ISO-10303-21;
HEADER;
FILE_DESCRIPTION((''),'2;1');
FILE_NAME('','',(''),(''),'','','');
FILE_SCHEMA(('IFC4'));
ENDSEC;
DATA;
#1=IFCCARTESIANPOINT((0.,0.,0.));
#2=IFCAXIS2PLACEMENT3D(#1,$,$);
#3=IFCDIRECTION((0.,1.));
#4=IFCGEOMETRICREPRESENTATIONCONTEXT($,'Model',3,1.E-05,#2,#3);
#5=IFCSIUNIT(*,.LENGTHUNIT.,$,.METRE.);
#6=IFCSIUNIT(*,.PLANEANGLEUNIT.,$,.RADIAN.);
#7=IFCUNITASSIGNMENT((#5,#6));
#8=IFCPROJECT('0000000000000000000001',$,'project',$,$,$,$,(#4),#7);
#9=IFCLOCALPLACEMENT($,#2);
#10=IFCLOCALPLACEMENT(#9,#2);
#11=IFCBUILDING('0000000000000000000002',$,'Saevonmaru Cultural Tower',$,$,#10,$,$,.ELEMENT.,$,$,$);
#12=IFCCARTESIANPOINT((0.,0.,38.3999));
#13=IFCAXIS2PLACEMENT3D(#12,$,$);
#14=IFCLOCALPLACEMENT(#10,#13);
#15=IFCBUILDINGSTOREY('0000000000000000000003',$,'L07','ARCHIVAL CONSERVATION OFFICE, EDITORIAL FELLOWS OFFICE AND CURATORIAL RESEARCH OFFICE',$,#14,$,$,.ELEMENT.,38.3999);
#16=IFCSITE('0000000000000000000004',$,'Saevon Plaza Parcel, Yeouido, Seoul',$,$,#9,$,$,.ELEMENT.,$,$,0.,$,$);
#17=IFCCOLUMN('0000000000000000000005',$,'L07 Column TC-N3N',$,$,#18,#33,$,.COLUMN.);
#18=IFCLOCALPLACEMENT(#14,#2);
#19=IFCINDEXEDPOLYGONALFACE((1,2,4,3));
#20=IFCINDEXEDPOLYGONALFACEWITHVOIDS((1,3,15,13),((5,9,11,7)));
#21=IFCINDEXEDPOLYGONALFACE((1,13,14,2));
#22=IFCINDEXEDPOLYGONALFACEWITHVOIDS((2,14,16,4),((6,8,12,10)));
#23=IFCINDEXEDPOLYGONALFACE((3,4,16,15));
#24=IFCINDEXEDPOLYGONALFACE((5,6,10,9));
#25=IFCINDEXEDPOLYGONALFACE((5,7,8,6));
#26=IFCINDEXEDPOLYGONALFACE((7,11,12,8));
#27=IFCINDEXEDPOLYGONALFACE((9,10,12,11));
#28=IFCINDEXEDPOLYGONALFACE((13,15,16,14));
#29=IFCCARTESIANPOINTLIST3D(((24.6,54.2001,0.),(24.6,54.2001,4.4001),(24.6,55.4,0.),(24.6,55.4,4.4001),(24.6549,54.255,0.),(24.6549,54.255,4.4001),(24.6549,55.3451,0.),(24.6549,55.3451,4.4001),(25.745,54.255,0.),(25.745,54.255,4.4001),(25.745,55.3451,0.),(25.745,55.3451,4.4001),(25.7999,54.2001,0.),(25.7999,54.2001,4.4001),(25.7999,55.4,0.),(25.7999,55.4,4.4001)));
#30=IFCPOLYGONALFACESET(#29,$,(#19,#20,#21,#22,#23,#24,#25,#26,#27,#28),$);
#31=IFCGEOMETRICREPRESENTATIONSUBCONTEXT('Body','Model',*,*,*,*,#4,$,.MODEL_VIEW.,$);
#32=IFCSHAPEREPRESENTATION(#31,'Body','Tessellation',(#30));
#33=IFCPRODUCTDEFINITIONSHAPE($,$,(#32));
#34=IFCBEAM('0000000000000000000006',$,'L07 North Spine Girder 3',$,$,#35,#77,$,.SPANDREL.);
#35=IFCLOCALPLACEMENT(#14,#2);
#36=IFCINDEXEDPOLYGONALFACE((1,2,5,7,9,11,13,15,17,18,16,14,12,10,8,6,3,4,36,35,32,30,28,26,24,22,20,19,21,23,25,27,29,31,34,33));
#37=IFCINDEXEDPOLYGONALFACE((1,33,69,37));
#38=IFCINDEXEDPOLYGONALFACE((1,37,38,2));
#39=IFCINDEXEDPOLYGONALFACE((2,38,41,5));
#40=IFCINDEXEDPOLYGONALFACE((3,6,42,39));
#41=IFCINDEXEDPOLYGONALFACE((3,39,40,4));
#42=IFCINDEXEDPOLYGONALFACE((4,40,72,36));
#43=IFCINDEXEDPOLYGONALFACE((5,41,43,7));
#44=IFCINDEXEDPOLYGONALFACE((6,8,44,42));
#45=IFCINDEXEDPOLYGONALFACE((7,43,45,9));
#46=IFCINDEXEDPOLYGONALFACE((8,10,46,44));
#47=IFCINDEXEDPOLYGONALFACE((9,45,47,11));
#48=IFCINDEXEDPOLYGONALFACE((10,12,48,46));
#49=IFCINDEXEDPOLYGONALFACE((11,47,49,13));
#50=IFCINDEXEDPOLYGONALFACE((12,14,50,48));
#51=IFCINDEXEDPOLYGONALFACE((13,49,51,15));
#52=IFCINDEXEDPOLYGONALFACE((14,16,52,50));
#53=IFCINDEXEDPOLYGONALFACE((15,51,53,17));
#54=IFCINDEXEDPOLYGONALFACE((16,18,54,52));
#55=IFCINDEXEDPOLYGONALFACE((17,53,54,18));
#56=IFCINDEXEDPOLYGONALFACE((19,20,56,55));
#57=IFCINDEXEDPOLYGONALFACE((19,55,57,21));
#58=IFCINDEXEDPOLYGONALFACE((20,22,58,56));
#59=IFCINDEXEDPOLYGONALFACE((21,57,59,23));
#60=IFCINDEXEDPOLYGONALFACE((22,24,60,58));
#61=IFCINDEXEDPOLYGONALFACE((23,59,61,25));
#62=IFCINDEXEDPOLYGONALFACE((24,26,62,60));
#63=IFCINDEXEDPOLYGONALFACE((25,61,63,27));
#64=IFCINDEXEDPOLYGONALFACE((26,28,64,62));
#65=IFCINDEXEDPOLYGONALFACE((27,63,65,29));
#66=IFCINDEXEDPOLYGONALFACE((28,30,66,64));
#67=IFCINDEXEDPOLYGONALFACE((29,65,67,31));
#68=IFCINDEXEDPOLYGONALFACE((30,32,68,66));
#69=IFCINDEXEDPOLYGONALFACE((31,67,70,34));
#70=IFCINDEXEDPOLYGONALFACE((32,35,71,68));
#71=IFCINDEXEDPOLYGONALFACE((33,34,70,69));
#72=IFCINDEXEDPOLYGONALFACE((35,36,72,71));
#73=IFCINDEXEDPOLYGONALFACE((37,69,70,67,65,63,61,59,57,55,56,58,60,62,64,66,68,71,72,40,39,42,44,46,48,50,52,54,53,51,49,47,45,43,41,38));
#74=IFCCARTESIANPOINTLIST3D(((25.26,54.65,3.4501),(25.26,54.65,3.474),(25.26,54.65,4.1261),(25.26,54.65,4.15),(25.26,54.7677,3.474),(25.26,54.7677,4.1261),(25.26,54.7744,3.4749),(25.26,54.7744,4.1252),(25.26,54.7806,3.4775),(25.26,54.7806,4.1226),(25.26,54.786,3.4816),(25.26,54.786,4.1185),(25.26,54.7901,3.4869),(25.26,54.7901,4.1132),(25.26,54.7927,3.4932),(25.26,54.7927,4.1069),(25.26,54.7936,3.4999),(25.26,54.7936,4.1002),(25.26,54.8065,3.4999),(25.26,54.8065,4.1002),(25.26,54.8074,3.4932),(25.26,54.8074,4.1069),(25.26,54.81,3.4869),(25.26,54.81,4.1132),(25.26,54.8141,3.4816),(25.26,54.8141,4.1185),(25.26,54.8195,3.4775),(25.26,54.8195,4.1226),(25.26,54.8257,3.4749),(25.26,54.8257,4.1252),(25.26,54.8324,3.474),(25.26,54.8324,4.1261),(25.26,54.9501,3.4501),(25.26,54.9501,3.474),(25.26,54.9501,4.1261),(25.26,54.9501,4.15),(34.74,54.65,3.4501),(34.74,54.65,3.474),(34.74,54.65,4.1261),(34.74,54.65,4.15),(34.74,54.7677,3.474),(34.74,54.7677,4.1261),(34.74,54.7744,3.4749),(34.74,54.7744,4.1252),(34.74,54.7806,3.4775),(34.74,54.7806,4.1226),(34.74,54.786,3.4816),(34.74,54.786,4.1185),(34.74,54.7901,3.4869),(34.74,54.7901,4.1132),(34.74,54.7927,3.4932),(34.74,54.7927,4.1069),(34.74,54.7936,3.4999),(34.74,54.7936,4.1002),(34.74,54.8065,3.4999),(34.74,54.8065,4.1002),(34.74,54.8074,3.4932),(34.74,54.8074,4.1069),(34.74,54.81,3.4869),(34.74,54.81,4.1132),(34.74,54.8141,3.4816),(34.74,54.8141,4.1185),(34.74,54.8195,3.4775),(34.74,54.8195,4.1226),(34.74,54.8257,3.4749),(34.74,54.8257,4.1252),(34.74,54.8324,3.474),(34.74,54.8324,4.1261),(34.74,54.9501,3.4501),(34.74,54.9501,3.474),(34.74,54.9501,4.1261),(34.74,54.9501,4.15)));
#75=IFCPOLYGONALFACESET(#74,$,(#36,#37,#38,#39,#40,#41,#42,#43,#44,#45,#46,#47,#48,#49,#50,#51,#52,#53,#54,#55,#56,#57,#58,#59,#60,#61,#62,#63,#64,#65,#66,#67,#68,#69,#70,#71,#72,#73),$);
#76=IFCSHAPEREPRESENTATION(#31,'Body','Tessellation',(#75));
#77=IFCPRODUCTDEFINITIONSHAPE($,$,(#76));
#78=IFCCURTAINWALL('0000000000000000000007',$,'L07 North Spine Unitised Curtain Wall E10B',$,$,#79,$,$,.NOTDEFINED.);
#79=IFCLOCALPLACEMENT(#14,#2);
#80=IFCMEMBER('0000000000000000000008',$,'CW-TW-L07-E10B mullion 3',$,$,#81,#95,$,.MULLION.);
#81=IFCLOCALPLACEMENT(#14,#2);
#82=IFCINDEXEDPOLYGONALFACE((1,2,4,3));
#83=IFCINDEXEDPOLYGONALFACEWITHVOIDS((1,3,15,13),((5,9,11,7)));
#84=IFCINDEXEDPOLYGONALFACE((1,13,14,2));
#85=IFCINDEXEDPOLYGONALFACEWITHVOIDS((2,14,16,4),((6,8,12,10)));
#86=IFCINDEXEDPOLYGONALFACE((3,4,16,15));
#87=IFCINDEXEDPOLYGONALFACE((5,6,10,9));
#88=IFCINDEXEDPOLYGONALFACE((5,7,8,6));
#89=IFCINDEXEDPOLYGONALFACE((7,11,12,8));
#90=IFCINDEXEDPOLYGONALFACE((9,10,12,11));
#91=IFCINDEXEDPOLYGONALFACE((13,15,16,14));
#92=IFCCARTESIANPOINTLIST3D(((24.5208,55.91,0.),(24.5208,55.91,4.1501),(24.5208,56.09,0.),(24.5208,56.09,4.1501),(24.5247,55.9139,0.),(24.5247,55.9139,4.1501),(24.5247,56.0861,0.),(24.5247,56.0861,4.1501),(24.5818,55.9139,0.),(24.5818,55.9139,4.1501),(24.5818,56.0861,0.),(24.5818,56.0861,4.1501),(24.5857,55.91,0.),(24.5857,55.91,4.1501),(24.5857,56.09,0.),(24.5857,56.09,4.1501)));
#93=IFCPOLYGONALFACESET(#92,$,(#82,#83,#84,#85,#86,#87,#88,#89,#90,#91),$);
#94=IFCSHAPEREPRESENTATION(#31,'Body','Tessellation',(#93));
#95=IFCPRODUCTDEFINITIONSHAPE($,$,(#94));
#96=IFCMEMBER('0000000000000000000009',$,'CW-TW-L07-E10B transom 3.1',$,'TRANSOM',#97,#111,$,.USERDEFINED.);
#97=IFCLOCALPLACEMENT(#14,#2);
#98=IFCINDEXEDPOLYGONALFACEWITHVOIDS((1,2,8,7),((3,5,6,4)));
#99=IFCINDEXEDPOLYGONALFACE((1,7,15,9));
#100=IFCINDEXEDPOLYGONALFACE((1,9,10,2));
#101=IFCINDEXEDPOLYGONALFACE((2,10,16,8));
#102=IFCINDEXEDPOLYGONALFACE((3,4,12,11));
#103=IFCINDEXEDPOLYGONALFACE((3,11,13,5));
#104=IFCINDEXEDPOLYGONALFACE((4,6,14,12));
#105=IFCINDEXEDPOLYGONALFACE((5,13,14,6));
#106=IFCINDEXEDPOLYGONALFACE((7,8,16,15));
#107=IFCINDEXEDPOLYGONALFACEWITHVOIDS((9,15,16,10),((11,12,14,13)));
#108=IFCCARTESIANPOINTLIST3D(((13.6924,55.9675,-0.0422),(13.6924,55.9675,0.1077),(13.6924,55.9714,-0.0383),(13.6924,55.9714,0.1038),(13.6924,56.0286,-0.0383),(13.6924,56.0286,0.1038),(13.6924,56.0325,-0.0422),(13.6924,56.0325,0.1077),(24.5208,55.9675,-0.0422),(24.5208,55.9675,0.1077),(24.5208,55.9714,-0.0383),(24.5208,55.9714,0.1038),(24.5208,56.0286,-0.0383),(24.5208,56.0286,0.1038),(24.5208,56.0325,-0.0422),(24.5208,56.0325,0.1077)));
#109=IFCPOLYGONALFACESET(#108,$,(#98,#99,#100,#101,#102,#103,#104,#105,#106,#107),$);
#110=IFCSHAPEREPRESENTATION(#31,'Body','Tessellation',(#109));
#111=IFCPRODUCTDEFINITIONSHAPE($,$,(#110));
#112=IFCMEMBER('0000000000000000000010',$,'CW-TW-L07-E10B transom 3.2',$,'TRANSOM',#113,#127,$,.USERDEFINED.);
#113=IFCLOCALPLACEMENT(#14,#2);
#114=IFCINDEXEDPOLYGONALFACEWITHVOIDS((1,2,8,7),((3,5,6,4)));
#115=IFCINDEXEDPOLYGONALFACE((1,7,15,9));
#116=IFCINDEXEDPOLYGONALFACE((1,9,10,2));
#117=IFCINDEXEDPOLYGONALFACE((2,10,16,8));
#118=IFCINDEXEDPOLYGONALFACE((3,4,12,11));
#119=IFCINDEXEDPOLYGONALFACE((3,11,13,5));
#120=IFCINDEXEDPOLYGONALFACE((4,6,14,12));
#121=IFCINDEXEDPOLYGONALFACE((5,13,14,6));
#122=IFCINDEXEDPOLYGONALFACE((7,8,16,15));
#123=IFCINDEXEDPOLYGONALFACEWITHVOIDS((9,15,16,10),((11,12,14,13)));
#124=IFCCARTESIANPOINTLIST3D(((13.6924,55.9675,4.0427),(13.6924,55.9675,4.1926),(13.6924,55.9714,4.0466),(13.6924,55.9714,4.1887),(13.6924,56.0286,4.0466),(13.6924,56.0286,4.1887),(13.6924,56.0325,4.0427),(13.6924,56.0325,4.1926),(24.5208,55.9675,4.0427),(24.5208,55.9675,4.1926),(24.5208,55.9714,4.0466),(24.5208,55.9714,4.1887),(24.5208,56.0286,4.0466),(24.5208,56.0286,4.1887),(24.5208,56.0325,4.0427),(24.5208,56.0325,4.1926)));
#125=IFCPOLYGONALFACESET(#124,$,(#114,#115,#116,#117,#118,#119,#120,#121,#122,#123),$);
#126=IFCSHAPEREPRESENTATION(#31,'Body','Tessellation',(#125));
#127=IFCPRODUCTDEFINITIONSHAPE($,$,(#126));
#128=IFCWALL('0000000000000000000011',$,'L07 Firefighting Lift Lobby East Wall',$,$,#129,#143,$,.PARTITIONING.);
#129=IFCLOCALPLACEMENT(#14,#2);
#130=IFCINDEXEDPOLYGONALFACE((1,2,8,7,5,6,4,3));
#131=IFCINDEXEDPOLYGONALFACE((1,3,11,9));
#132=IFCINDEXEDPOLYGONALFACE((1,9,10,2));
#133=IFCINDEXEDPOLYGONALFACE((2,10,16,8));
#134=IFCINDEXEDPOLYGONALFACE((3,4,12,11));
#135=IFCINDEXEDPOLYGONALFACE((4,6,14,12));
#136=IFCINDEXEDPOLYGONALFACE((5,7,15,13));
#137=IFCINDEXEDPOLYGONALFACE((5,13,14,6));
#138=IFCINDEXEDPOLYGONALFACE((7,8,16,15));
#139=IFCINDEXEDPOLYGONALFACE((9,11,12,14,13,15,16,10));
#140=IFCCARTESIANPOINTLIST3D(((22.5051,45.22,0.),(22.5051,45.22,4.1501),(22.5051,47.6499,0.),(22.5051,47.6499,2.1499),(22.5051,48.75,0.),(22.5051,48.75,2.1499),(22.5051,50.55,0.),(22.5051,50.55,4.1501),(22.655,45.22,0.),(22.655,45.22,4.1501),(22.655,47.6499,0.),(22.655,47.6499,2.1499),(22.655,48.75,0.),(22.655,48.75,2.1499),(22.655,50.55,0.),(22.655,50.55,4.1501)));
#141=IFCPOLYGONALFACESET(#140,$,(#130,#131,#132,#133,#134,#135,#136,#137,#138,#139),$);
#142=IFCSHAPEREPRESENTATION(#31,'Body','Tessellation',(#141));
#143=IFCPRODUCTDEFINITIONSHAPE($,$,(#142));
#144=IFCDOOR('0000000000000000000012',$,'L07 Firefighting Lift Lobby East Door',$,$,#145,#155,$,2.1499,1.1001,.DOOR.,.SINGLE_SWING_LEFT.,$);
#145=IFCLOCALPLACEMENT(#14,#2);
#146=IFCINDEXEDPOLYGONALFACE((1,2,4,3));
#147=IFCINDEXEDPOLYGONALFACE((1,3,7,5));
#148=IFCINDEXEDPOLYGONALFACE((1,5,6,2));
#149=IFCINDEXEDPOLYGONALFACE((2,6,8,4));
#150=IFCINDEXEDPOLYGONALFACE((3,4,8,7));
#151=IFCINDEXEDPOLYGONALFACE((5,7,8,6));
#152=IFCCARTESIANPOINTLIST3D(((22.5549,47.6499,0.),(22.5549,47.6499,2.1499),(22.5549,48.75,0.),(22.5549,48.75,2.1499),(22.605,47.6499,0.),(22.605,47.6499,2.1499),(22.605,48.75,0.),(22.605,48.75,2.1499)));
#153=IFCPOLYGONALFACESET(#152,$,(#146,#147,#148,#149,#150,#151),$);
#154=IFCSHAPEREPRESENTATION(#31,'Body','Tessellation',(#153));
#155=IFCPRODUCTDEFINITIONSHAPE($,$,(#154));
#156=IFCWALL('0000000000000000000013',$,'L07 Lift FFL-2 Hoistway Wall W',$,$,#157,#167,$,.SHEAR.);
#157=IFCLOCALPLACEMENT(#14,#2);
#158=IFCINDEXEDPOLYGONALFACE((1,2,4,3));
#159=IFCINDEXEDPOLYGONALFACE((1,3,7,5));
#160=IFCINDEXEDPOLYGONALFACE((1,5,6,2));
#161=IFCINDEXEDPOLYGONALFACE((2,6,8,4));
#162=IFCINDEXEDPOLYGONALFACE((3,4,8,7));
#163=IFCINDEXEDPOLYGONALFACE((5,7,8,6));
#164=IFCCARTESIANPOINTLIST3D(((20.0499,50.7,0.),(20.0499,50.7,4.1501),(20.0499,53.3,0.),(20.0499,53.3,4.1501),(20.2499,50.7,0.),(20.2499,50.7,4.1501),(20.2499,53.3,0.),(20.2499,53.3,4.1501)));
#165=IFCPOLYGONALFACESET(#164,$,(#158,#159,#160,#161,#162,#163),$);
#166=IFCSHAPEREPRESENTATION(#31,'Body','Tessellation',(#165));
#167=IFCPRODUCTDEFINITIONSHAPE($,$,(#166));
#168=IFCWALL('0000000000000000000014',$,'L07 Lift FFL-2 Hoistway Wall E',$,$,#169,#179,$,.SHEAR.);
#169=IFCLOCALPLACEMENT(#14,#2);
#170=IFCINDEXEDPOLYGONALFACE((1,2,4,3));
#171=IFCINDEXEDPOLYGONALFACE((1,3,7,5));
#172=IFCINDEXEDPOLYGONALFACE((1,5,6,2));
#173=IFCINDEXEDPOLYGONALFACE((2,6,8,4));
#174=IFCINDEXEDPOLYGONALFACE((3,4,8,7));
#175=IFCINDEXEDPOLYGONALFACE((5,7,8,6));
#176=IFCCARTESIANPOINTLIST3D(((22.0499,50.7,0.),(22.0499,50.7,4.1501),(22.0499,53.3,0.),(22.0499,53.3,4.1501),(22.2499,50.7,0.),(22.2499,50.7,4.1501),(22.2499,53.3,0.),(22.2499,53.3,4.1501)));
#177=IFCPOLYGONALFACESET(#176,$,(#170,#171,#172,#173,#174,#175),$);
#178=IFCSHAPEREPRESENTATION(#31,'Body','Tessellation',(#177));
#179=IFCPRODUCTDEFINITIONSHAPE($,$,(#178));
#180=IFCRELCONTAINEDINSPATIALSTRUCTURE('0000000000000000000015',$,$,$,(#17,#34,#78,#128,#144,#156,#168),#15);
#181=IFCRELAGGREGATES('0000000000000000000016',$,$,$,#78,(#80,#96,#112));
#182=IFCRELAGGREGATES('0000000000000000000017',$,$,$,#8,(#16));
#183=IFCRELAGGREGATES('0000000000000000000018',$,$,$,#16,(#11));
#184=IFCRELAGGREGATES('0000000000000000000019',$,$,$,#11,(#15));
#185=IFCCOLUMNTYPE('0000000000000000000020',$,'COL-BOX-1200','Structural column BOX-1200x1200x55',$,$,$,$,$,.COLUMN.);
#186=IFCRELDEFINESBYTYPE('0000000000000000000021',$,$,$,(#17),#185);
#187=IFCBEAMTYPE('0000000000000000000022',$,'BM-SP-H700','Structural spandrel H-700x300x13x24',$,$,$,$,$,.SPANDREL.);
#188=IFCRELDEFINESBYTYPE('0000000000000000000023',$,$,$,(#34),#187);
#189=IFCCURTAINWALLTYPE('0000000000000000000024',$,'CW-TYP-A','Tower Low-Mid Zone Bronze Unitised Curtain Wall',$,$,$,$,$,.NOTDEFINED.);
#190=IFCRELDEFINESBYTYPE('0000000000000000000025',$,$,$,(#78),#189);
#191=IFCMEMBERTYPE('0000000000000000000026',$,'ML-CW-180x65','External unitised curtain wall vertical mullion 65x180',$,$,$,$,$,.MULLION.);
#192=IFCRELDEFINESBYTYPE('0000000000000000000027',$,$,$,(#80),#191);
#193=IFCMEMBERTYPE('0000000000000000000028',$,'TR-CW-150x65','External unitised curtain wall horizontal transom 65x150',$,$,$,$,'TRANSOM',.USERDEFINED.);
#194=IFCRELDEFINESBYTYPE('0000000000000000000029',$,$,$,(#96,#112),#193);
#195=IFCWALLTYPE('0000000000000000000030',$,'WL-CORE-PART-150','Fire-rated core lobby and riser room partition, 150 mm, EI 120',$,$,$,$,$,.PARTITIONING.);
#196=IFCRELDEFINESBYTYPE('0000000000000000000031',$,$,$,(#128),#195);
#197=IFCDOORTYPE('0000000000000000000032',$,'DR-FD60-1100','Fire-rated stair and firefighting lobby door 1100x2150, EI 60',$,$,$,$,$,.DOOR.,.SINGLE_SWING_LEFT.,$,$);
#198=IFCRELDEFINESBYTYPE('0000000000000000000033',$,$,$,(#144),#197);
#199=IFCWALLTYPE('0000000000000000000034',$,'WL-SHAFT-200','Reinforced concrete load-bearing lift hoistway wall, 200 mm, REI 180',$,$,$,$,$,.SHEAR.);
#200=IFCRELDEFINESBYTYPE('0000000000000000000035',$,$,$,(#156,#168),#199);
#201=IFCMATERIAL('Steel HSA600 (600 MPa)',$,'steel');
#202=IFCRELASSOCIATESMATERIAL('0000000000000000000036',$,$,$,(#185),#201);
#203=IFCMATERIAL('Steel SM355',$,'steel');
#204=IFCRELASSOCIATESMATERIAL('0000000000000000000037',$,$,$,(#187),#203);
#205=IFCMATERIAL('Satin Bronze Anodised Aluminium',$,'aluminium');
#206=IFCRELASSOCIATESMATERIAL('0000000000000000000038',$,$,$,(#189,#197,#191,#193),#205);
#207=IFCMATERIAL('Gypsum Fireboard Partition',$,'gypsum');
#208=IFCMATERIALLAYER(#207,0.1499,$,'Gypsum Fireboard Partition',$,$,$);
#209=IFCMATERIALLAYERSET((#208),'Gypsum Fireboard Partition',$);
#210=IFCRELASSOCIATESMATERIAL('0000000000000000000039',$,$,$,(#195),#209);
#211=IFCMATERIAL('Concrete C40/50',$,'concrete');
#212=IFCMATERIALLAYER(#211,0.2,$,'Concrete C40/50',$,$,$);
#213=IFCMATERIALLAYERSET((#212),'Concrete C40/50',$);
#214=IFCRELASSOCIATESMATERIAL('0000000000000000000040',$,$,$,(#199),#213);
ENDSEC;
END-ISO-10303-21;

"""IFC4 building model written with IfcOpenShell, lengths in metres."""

from ifc_helpers import new_model, si_unit, direction, frame, frame_2d, origin, origin_2d, place, context, subcontext, project, spatial, rectangle, hollow_rectangle, i_section, extrude, material, layer, layer_set, material_profile, profile_set, type_object, element, fill, aggregate, save


model = new_model("IFC4")

# Units and contexts
model_context = context("Model", 3, precision=1e-05, world=origin(), true_north=direction((0.0, 1.0)))
body_context = subcontext(model_context, "Body", "Model", "MODEL_VIEW")
ifc_project = project(units=[si_unit("LENGTHUNIT", "METRE"), si_unit("PLANEANGLEUNIT", "RADIAN")], contexts=[model_context])

# Site, building, storey
site_placement = place(None, origin())
site = spatial("IfcSite", under=ifc_project, at=site_placement, Name="Saevon Plaza Parcel, Yeouido, Seoul", CompositionType="ELEMENT", RefElevation=0.0)
building_placement = place(site_placement, origin())
building = spatial("IfcBuilding", under=site, at=building_placement, Name="Saevonmaru Cultural Tower", CompositionType="ELEMENT")
storey_placement = place(building_placement, frame((0.0, 0.0, 38.3999)))
storey = spatial("IfcBuildingStorey", under=building, at=storey_placement, Name="L07", Description="ARCHIVAL CONSERVATION OFFICE, EDITORIAL FELLOWS OFFICE AND CURATORIAL RESEARCH OFFICE", CompositionType="ELEMENT", Elevation=38.3999)

# Column
ifc_material_1 = material(Name="Steel HSA600 (600 MPa)", Category="steel")
ifc_material_profile_1 = material_profile(ifc_material_1, hollow_rectangle(XDim=1.2, YDim=1.2, WallThickness=0.0549, at=origin_2d()), Name="BOX-1200x1200x55")
ifc_profile_set_1 = profile_set([ifc_material_profile_1], Name="Steel HSA600 (600 MPa)")
column_type = type_object("IfcColumnType", Name="COL-BOX-1200", Description="Structural column BOX-1200x1200x55", PredefinedType="COLUMN", material=ifc_profile_set_1)
column_placement = place(storey_placement, frame((25.2, 54.8, 0.0), z_axis=(0.0, 0.0, 1.0), x_axis=(1.0, 0.0, 0.0)))
element("IfcColumn", 1, at=column_placement, inside=storey, type_object=column_type, Name="L07 Column TC-N3N", PredefinedType="COLUMN", context=body_context, shape_type="SweptSolid", body=[
    extrude(hollow_rectangle(XDim=1.2, YDim=1.2, WallThickness=0.0549, at=origin_2d()), origin(), (0.0, 0.0, 1.0), 4.4001),
])

# Beam
ifc_material_2 = material(Name="Steel SM355", Category="steel")
ifc_material_profile_2 = material_profile(ifc_material_2, i_section(OverallWidth=0.3, OverallDepth=0.7, WebThickness=0.0129, FlangeThickness=0.0239, FilletRadius=0.0259, at=origin_2d()), Name="H-700x300x13x24")
ifc_profile_set_2 = profile_set([ifc_material_profile_2], Name="Steel SM355")
beam_type = type_object("IfcBeamType", Name="BM-SP-H700", Description="Structural spandrel H-700x300x13x24", PredefinedType="SPANDREL", material=ifc_profile_set_2)
beam_placement = place(storey_placement, frame((25.26, 54.8, 3.8), z_axis=(1.0, 0.0, 0.0), x_axis=(0.0, 1.0, 0.0)))
element("IfcBeam", 2, at=beam_placement, inside=storey, type_object=beam_type, Name="L07 North Spine Girder 3", PredefinedType="SPANDREL", context=body_context, shape_type="SweptSolid", body=[
    extrude(i_section(OverallWidth=0.3, OverallDepth=0.7, WebThickness=0.0129, FlangeThickness=0.0239, FilletRadius=0.0259, at=origin_2d()), origin(), (0.0, 0.0, 1.0), 9.48),
])

# Curtain wall, members
ifc_material_3 = material(Name="Satin Bronze Anodised Aluminium", Category="aluminium")
curtain_wall_type = type_object("IfcCurtainWallType", Name="CW-TYP-A", Description="Tower Low-Mid Zone Bronze Unitised Curtain Wall", PredefinedType="NOTDEFINED", material=ifc_material_3)
curtain_wall_placement = place(storey_placement, origin())
curtain_wall = element("IfcCurtainWall", 3, at=curtain_wall_placement, inside=storey, type_object=curtain_wall_type, Name="L07 North Spine Unitised Curtain Wall E10B", PredefinedType="NOTDEFINED")
ifc_material_profile_3 = material_profile(ifc_material_3, hollow_rectangle(XDim=0.0649, YDim=0.1799, WallThickness=0.0039, at=origin_2d()), Name="ALU-MULL-180x65x4")
ifc_profile_set_3 = profile_set([ifc_material_profile_3], Name="Satin Bronze Anodised Aluminium")
member_type_1 = type_object("IfcMemberType", Name="ML-CW-180x65", Description="External unitised curtain wall vertical mullion 65x180", PredefinedType="MULLION", material=ifc_profile_set_3)
member_1_placement = place(storey_placement, frame((24.5532, 56.0, 0.0), z_axis=(0.0, 0.0, 1.0), x_axis=(-1.0, 0.0, 0.0)))
member_1 = element("IfcMember", 4, at=member_1_placement, type_object=member_type_1, Name="CW-TW-L07-E10B mullion 3", PredefinedType="MULLION", context=body_context, shape_type="SweptSolid", body=[
    extrude(hollow_rectangle(XDim=0.0649, YDim=0.1799, WallThickness=0.0039, at=origin_2d()), origin(), (0.0, 0.0, 1.0), 4.1501),
])
ifc_material_profile_4 = material_profile(ifc_material_3, hollow_rectangle(XDim=0.0649, YDim=0.1499, WallThickness=0.0039, at=origin_2d()), Name="ALU-TRAN-150x65x4")
ifc_profile_set_4 = profile_set([ifc_material_profile_4], Name="Satin Bronze Anodised Aluminium")
member_type_2 = type_object("IfcMemberType", Name="TR-CW-150x65", Description="External unitised curtain wall horizontal transom 65x150", ElementType="TRANSOM", PredefinedType="USERDEFINED", material=ifc_profile_set_4)
member_2_placement = place(storey_placement, frame((24.5208, 56.0, 0.0327), z_axis=(-1.0, 0.0, 0.0), x_axis=(0.0, -1.0, 0.0)))
member_2 = element("IfcMember", 5, at=member_2_placement, type_object=member_type_2, Name="CW-TW-L07-E10B transom 3.1", ObjectType="TRANSOM", PredefinedType="USERDEFINED", context=body_context, shape_type="SweptSolid", body=[
    extrude(hollow_rectangle(XDim=0.0649, YDim=0.1499, WallThickness=0.0039, at=origin_2d()), origin(), (0.0, 0.0, 1.0), 10.8284),
])
member_3_placement = place(storey_placement, frame((24.5208, 56.0, 4.1177), z_axis=(-1.0, 0.0, 0.0), x_axis=(0.0, -1.0, 0.0)))
member_3 = element("IfcMember", 6, at=member_3_placement, type_object=member_type_2, Name="CW-TW-L07-E10B transom 3.2", ObjectType="TRANSOM", PredefinedType="USERDEFINED", context=body_context, shape_type="SweptSolid", body=[
    extrude(hollow_rectangle(XDim=0.0649, YDim=0.1499, WallThickness=0.0039, at=origin_2d()), origin(), (0.0, 0.0, 1.0), 10.8284),
])
aggregate(curtain_wall, [member_1, member_2, member_3])

# Wall, opening, door
ifc_material_4 = material(Name="Gypsum Fireboard Partition", Category="gypsum")
ifc_layer_1 = layer(ifc_material_4, 0.1499, Name="Gypsum Fireboard Partition")
ifc_layer_set_1 = layer_set([ifc_layer_1], Name="Gypsum Fireboard Partition")
wall_type_1 = type_object("IfcWallType", Name="WL-CORE-PART-150", Description="Fire-rated core lobby and riser room partition, 150 mm, EI 120", PredefinedType="PARTITIONING", material=ifc_layer_set_1)
wall_1_placement = place(storey_placement, frame((22.5801, 50.55, 0.0), z_axis=(0.0, 0.0, 1.0), x_axis=(0.0, -1.0, 0.0)))
wall_1 = element("IfcWall", 7, at=wall_1_placement, inside=storey, type_object=wall_type_1, Name="L07 Firefighting Lift Lobby East Wall", PredefinedType="PARTITIONING", context=body_context, shape_type="SweptSolid", body=[
    extrude(rectangle(XDim=5.3301, YDim=0.1499, at=frame_2d((2.665, 0.0))), origin(), (0.0, 0.0, 1.0), 4.1501),
])
opening_1_placement = place(wall_1_placement, frame((1.8, 0.0, 0.0)))
opening_1 = element("IfcOpeningElement", 8, at=opening_1_placement, cuts=wall_1, PredefinedType="OPENING", context=body_context, shape_type="SweptSolid", body=[
    extrude(rectangle(XDim=1.1001, YDim=2.1499, at=frame_2d((0.55, 1.075))), frame((0.0, 0.085, 0.0), z_axis=(0.0, -1.0, 0.0), x_axis=(1.0, 0.0, 0.0)), (0.0, 0.0, 1.0), 0.1699),
])
door_type_1 = type_object("IfcDoorType", Name="DR-FD60-1100", Description="Fire-rated stair and firefighting lobby door 1100x2150, EI 60", OperationType="SINGLE_SWING_LEFT", PredefinedType="DOOR", material=ifc_material_3)
door_1_placement = place(opening_1_placement, origin())
door_1 = element("IfcDoor", 9, at=door_1_placement, inside=storey, type_object=door_type_1, Name="L07 Firefighting Lift Lobby East Door", OperationType="SINGLE_SWING_LEFT", OverallHeight=2.1499, OverallWidth=1.1001, PredefinedType="DOOR", context=body_context, shape_type="SweptSolid", body=[
    extrude(rectangle(XDim=1.1001, YDim=2.1499, at=frame_2d((0.55, 1.075))), frame((0.0, 0.0249, 0.0), z_axis=(0.0, -1.0, 0.0), x_axis=(1.0, 0.0, 0.0)), (0.0, 0.0, 1.0), 0.05),
])
fill(opening_1, door_1)

# Walls
ifc_material_5 = material(Name="Concrete C40/50", Category="concrete")
ifc_layer_2 = layer(ifc_material_5, 0.2, Name="Concrete C40/50")
ifc_layer_set_2 = layer_set([ifc_layer_2], Name="Concrete C40/50")
wall_type_2 = type_object("IfcWallType", Name="WL-SHAFT-200", Description="Reinforced concrete load-bearing lift hoistway wall, 200 mm, REI 180", PredefinedType="SHEAR", material=ifc_layer_set_2)
for number, where, z_axis, x_axis, name in (
    (10, (20.1499, 50.7, 0.0), (0.0, 0.0, 1.0), (0.0, 1.0, 0.0), "L07 Lift FFL-2 Hoistway Wall W"),
    (11, (22.1499, 50.7, 0.0), (0.0, 0.0, 1.0), (0.0, 1.0, 0.0), "L07 Lift FFL-2 Hoistway Wall E"),
):
    element("IfcWall", number, at=place(storey_placement, frame(where, z_axis=z_axis, x_axis=x_axis)), inside=storey, type_object=wall_type_2, Name=name, PredefinedType="SHEAR", context=body_context, shape_type="SweptSolid", body=[
        extrude(rectangle(XDim=2.6001, YDim=0.2, at=frame_2d((1.3, 0.0))), origin(), (0.0, 0.0, 1.0), 4.1501),
    ])

save(model, "model.ifc")
